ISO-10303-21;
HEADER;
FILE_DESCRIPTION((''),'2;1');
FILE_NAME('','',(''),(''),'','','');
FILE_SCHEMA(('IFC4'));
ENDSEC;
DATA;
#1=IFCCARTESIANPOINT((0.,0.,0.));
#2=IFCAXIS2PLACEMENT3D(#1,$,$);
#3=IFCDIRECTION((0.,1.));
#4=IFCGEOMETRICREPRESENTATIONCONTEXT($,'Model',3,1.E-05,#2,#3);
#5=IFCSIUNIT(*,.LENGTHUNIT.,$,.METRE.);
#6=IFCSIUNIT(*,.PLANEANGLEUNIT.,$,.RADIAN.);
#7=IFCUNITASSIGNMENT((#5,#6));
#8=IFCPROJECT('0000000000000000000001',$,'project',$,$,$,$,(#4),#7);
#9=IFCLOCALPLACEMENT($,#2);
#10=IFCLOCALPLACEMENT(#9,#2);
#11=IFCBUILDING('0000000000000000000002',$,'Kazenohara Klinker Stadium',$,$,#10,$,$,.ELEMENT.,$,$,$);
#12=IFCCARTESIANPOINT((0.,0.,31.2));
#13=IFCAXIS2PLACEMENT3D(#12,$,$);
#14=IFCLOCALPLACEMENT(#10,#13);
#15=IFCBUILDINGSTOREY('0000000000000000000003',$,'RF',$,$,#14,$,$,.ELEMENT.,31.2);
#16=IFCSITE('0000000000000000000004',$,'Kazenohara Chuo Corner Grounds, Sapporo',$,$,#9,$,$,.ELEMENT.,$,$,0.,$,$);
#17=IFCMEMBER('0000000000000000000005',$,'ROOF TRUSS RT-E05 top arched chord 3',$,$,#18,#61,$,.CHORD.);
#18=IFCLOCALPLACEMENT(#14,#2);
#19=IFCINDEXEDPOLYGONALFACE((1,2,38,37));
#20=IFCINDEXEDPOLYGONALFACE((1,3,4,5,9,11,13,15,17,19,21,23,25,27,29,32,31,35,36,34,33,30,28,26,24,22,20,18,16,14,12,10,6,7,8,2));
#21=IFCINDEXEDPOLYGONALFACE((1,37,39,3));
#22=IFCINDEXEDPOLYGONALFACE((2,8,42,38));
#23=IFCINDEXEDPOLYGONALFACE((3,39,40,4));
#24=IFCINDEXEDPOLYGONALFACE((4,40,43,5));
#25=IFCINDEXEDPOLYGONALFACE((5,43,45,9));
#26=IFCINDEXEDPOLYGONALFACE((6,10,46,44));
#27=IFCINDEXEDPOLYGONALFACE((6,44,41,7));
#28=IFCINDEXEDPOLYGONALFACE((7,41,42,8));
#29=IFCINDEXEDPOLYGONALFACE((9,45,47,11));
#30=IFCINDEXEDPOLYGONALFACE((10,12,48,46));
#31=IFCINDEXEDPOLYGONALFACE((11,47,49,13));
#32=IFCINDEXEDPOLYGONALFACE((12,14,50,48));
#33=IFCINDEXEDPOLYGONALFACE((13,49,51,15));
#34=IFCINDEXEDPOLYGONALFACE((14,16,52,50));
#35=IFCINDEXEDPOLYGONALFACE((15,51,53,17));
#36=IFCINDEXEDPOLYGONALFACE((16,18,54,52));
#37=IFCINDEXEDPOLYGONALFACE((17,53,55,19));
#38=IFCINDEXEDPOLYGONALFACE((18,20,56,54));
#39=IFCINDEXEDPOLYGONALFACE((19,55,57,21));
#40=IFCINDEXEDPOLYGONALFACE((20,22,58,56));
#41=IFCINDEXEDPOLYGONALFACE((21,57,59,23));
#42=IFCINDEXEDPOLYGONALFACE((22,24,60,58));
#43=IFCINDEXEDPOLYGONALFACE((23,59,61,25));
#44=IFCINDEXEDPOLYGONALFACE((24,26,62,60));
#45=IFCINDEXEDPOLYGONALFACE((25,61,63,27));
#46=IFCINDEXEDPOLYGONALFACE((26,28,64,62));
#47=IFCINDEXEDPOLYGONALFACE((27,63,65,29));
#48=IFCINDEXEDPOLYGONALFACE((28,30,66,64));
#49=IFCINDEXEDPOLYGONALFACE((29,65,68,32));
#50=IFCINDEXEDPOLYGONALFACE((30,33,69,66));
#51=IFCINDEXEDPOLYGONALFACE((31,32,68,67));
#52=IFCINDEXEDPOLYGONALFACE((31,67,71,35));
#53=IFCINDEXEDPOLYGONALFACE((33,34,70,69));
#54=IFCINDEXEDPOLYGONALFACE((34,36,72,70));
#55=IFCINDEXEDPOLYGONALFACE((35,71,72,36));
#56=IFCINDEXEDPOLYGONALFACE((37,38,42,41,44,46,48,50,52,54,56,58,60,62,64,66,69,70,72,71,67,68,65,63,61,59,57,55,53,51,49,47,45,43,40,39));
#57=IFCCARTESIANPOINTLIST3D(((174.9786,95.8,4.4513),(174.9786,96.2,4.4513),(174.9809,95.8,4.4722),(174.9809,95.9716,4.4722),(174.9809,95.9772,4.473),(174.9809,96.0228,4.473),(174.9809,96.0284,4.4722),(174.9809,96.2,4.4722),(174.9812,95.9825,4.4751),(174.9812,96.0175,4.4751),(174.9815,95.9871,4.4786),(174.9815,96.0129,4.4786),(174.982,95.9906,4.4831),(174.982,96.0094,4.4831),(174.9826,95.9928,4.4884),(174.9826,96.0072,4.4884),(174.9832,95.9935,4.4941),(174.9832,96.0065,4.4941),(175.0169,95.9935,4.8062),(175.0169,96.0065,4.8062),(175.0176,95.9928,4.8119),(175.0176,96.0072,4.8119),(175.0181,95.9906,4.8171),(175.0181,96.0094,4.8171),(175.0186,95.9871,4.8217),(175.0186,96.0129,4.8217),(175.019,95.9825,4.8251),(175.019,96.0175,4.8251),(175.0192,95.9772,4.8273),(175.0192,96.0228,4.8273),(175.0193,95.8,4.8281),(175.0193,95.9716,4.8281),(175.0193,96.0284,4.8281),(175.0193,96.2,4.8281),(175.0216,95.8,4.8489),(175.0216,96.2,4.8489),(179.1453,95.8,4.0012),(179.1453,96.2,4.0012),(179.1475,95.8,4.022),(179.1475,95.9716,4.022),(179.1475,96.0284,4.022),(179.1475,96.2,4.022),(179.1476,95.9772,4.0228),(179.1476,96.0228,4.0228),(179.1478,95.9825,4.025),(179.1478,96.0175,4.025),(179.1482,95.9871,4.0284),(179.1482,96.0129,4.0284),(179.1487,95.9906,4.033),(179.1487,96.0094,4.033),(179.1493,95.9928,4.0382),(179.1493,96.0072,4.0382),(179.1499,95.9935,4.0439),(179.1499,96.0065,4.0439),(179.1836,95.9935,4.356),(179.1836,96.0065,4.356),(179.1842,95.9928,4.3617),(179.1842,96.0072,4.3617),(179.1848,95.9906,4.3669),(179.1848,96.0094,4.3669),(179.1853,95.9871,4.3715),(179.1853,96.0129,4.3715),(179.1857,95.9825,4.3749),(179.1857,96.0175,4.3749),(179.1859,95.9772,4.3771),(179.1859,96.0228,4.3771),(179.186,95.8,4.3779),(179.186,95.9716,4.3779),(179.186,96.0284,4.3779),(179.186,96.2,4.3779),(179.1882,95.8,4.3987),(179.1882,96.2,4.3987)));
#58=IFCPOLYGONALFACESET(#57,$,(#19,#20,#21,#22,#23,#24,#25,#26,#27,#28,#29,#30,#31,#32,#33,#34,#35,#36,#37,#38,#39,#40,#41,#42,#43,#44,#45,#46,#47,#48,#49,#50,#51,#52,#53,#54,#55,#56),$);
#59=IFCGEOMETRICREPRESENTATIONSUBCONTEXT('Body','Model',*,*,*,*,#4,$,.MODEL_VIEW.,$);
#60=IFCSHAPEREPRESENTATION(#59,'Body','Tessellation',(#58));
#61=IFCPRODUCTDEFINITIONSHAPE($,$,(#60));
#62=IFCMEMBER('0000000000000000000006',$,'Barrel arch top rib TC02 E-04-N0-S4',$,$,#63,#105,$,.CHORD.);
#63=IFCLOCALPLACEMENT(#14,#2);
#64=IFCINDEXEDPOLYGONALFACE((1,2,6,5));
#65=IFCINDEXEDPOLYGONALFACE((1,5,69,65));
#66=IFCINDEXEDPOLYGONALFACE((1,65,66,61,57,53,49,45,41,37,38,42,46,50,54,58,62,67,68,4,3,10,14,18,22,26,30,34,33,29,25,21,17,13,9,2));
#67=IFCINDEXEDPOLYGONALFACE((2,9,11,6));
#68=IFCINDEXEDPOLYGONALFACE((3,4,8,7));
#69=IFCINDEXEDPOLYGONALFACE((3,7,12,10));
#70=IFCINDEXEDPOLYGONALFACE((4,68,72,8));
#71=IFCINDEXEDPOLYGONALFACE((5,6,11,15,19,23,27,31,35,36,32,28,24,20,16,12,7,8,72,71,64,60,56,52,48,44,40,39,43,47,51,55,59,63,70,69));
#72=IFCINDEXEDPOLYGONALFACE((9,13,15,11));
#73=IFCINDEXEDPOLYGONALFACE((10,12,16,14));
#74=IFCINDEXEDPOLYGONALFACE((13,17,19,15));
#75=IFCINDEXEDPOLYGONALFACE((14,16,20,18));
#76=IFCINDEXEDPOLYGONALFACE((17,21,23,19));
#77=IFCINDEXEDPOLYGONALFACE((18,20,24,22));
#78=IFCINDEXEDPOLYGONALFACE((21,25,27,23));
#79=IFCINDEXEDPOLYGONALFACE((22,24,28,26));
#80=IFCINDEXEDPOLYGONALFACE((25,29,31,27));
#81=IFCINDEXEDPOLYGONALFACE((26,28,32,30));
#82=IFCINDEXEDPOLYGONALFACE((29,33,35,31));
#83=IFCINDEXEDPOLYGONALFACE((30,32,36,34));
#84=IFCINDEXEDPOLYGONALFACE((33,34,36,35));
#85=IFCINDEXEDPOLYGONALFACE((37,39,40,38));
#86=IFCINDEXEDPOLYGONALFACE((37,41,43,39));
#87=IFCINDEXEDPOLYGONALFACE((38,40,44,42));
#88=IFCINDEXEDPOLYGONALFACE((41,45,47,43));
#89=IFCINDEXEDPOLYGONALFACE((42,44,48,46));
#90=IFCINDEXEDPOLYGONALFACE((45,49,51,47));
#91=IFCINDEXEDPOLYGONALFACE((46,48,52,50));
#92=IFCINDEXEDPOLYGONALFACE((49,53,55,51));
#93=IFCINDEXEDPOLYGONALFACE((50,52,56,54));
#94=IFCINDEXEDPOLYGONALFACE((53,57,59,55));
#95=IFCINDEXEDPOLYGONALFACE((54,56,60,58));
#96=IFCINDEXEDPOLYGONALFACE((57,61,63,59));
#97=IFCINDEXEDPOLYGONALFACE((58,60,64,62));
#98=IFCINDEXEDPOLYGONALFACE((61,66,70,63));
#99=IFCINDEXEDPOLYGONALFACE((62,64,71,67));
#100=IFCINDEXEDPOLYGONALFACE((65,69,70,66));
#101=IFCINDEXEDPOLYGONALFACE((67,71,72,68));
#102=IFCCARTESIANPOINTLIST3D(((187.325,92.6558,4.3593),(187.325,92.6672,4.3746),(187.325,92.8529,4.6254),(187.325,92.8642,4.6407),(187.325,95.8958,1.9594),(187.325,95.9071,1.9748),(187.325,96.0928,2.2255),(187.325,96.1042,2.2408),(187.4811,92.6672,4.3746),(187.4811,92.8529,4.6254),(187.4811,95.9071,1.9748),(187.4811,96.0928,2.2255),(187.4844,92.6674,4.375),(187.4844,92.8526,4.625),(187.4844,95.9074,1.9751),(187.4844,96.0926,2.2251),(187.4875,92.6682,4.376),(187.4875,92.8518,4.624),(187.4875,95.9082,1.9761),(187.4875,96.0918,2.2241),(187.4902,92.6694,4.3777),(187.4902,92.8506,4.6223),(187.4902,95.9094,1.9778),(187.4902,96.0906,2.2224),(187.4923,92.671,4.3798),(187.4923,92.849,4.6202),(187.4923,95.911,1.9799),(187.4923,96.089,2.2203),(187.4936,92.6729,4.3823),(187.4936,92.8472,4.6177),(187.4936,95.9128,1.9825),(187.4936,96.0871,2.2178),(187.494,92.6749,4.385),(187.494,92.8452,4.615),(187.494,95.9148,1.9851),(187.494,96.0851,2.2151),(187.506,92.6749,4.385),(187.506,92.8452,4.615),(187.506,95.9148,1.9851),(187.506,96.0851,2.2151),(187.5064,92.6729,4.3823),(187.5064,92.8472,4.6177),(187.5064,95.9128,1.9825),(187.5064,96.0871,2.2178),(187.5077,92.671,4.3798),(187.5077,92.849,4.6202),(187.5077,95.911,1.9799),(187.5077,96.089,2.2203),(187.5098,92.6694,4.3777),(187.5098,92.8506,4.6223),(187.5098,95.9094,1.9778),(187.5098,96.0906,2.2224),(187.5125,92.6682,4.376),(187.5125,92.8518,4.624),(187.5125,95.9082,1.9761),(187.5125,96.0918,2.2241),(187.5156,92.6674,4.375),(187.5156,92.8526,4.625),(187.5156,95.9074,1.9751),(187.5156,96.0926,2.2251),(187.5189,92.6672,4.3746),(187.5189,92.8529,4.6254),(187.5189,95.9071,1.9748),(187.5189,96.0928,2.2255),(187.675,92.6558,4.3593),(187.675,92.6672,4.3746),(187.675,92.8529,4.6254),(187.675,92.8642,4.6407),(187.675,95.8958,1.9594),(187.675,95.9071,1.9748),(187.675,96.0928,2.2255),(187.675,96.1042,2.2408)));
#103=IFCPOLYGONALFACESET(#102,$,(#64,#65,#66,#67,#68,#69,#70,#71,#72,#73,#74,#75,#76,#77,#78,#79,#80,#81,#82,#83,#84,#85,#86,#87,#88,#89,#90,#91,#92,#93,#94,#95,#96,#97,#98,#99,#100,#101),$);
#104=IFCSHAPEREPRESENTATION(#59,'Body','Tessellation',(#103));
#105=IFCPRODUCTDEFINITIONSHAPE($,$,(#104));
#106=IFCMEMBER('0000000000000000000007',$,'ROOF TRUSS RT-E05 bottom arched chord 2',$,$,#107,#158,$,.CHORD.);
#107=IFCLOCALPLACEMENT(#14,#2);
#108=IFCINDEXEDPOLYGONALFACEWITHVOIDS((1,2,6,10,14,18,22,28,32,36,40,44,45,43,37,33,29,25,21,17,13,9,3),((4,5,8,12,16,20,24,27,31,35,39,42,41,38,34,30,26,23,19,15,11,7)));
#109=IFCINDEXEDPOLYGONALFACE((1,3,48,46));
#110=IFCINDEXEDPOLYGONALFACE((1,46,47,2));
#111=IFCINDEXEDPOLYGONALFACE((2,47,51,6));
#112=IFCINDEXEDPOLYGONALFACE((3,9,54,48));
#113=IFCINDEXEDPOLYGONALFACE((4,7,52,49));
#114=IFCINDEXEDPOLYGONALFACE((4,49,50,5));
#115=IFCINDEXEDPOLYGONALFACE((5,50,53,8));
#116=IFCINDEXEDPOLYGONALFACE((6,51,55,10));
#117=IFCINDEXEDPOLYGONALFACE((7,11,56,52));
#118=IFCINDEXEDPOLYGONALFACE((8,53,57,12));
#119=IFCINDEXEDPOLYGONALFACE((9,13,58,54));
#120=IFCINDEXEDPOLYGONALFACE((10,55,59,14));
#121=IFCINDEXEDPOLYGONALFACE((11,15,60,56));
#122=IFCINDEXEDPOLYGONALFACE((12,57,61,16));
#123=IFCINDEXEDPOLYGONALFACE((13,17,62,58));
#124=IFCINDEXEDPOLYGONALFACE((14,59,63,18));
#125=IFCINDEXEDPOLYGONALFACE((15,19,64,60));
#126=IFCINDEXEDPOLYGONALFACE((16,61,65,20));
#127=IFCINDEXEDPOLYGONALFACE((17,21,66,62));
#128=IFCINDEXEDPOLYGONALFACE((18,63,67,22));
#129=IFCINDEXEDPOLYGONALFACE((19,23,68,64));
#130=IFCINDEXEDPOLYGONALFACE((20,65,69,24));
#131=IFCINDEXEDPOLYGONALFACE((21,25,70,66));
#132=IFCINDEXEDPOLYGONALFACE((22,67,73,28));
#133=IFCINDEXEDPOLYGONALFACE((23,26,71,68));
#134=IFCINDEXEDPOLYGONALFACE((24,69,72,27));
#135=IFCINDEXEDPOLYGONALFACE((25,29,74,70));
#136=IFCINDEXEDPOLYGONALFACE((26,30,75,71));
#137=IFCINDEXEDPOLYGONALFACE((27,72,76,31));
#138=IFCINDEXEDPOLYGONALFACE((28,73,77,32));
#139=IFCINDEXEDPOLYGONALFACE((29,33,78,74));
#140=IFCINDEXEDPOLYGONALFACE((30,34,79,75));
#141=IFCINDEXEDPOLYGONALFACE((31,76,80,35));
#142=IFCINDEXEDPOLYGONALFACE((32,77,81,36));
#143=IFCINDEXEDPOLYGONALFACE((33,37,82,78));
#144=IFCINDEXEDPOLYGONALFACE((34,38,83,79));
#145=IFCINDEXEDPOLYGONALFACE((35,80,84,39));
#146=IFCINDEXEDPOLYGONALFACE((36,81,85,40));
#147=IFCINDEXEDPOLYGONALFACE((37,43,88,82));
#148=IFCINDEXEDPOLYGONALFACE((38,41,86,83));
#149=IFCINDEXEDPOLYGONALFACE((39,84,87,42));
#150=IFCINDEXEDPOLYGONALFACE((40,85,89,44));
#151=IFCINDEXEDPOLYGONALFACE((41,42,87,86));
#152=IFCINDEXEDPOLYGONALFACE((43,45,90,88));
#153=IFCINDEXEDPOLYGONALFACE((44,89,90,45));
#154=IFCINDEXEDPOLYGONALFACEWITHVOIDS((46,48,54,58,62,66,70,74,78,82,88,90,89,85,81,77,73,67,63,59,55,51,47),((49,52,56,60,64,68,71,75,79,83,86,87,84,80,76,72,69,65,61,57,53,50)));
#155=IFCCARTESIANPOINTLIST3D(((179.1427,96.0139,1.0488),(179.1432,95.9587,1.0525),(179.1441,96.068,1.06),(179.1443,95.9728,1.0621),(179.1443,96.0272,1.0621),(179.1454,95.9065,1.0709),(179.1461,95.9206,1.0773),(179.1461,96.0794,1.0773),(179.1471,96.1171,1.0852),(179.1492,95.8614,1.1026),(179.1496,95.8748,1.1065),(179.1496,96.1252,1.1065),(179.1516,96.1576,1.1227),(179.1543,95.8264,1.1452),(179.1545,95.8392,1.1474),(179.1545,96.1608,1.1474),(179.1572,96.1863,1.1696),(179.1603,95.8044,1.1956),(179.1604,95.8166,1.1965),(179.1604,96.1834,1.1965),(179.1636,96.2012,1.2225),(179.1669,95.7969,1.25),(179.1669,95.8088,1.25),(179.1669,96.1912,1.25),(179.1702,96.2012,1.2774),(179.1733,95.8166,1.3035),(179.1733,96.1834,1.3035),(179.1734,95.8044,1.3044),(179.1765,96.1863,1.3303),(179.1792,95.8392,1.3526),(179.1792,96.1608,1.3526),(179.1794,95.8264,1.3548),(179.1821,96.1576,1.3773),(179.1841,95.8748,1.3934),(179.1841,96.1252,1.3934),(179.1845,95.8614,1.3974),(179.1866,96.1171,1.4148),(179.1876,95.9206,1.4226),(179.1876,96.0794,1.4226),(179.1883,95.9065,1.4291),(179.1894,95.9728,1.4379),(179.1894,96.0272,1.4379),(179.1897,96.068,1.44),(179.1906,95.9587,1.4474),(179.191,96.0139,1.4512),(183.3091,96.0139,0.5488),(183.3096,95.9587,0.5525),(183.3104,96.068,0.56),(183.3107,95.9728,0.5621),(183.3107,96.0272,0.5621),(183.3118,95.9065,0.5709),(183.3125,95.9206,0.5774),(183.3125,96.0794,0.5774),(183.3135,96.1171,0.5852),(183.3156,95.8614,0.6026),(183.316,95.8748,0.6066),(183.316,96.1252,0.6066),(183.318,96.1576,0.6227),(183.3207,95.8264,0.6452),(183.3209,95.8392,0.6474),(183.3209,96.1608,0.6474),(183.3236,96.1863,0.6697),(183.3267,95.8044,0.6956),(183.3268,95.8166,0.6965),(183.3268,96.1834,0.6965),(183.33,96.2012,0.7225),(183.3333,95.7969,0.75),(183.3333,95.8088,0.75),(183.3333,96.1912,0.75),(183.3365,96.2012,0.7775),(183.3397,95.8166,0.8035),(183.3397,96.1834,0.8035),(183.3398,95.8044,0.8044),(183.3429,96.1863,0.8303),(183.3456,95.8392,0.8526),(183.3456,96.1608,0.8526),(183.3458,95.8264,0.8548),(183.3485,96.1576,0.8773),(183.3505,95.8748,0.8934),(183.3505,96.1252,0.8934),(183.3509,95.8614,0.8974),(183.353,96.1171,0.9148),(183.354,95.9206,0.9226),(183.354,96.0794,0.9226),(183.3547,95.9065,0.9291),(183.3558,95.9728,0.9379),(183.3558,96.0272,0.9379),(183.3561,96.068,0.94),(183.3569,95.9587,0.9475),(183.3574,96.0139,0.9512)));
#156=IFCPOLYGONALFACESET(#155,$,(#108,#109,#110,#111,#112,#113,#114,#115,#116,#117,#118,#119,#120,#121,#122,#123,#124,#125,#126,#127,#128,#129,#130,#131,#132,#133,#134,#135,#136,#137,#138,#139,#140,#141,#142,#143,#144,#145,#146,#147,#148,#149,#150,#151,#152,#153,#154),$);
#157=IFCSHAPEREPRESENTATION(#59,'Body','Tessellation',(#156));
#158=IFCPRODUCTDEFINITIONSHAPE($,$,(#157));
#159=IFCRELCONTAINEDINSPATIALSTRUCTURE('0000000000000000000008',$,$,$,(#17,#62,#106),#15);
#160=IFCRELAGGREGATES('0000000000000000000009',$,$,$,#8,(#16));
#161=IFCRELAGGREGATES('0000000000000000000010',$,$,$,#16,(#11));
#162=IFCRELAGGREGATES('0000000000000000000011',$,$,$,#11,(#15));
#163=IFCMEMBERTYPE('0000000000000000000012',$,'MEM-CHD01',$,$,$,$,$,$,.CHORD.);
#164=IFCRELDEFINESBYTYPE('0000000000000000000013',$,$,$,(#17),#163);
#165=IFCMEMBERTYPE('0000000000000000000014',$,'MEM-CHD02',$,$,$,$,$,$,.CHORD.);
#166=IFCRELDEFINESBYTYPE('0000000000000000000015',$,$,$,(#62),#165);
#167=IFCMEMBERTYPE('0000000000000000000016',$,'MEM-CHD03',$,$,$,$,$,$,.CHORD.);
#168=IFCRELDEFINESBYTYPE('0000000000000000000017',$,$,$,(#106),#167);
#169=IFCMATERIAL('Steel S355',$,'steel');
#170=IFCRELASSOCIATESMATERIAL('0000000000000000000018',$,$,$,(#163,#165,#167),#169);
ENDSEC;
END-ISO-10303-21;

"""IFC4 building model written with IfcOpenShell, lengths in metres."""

from ifc_helpers import new_model, si_unit, direction, frame, origin, origin_2d, place, context, subcontext, project, spatial, hollow_circle, i_section, extrude, material, material_profile, profile_set, type_object, element, save


model = new_model("IFC4")

# Units and contexts
model_context = context("Model", 3, precision=1e-05, world=origin(), true_north=direction((0.0, 1.0)))
body_context = subcontext(model_context, "Body", "Model", "MODEL_VIEW")
ifc_project = project(units=[si_unit("LENGTHUNIT", "METRE"), si_unit("PLANEANGLEUNIT", "RADIAN")], contexts=[model_context])

# Site, building, storey
site_placement = place(None, origin())
site = spatial("IfcSite", under=ifc_project, at=site_placement, Name="Kazenohara Chuo Corner Grounds, Sapporo", CompositionType="ELEMENT", RefElevation=0.0)
building_placement = place(site_placement, origin())
building = spatial("IfcBuilding", under=site, at=building_placement, Name="Kazenohara Klinker Stadium", CompositionType="ELEMENT")
storey_placement = place(building_placement, frame((0.0, 0.0, 31.2)))
storey = spatial("IfcBuildingStorey", under=building, at=storey_placement, Name="RF", CompositionType="ELEMENT", Elevation=31.2)

# Members
ifc_material_1 = material(Name="Steel S355", Category="steel")
ifc_material_profile_1 = material_profile(ifc_material_1, i_section(OverallWidth=0.3999, OverallDepth=0.3999, WebThickness=0.0129, FlangeThickness=0.021, FilletRadius=0.022, at=origin_2d()), Name="H-400x400x13x21")
ifc_profile_set_1 = profile_set([ifc_material_profile_1], Name="Steel S355")
member_type_1 = type_object("IfcMemberType", Name="MEM-CHD01", PredefinedType="CHORD", material=ifc_profile_set_1)
member_1_placement = place(storey_placement, frame((179.1667, 96.0, 4.2), z_axis=(-0.994214, 0.0, 0.10742), x_axis=(0.0, -1.0, 0.0)))
element("IfcMember", 1, at=member_1_placement, inside=storey, type_object=member_type_1, Name="ROOF TRUSS RT-E05 top arched chord 3", PredefinedType="CHORD", context=body_context, shape_type="SweptSolid", body=[
    extrude(i_section(OverallWidth=0.3999, OverallDepth=0.3999, WebThickness=0.0129, FlangeThickness=0.021, FilletRadius=0.022, at=origin_2d()), origin(), (0.0, 0.0, 1.0), 4.1909),
])
ifc_material_profile_2 = material_profile(ifc_material_1, i_section(OverallWidth=0.3501, OverallDepth=0.3501, WebThickness=0.012, FlangeThickness=0.019, FilletRadius=0.0129, at=origin_2d()), Name="H-350x350x12x19")
ifc_profile_set_2 = profile_set([ifc_material_profile_2], Name="Steel S355")
member_type_2 = type_object("IfcMemberType", Name="MEM-CHD02", PredefinedType="CHORD", material=ifc_profile_set_2)
member_2_placement = place(storey_placement, frame((187.5, 92.76, 4.5), z_axis=(0.0, 0.803568, -0.595213), x_axis=(-1.0, 0.0, 0.0)))
element("IfcMember", 2, at=member_2_placement, inside=storey, type_object=member_type_2, Name="Barrel arch top rib TC02 E-04-N0-S4", PredefinedType="CHORD", context=body_context, shape_type="SweptSolid", body=[
    extrude(i_section(OverallWidth=0.3501, OverallDepth=0.3501, WebThickness=0.012, FlangeThickness=0.019, FilletRadius=0.0129, at=origin_2d()), origin(), (0.0, 0.0, 1.0), 4.032),
])
ifc_material_profile_3 = material_profile(ifc_material_1, hollow_circle(Radius=0.2031, WallThickness=0.012, at=origin_2d()), Name="CHS-406.4x12")
ifc_profile_set_3 = profile_set([ifc_material_profile_3], Name="Steel S355")
member_type_3 = type_object("IfcMemberType", Name="MEM-CHD03", PredefinedType="CHORD", material=ifc_profile_set_3)
member_3_placement = place(storey_placement, frame((183.3333, 96.0, 0.75), z_axis=(-0.992876, 0.0, 0.11915), x_axis=(0.0, -1.0, 0.0)))
element("IfcMember", 3, at=member_3_placement, inside=storey, type_object=member_type_3, Name="ROOF TRUSS RT-E05 bottom arched chord 2", PredefinedType="CHORD", context=body_context, shape_type="SweptSolid", body=[
    extrude(hollow_circle(Radius=0.2031, WallThickness=0.012, at=origin_2d()), origin(), (0.0, 0.0, 1.0), 4.1963),
])

save(model, "model.ifc")
